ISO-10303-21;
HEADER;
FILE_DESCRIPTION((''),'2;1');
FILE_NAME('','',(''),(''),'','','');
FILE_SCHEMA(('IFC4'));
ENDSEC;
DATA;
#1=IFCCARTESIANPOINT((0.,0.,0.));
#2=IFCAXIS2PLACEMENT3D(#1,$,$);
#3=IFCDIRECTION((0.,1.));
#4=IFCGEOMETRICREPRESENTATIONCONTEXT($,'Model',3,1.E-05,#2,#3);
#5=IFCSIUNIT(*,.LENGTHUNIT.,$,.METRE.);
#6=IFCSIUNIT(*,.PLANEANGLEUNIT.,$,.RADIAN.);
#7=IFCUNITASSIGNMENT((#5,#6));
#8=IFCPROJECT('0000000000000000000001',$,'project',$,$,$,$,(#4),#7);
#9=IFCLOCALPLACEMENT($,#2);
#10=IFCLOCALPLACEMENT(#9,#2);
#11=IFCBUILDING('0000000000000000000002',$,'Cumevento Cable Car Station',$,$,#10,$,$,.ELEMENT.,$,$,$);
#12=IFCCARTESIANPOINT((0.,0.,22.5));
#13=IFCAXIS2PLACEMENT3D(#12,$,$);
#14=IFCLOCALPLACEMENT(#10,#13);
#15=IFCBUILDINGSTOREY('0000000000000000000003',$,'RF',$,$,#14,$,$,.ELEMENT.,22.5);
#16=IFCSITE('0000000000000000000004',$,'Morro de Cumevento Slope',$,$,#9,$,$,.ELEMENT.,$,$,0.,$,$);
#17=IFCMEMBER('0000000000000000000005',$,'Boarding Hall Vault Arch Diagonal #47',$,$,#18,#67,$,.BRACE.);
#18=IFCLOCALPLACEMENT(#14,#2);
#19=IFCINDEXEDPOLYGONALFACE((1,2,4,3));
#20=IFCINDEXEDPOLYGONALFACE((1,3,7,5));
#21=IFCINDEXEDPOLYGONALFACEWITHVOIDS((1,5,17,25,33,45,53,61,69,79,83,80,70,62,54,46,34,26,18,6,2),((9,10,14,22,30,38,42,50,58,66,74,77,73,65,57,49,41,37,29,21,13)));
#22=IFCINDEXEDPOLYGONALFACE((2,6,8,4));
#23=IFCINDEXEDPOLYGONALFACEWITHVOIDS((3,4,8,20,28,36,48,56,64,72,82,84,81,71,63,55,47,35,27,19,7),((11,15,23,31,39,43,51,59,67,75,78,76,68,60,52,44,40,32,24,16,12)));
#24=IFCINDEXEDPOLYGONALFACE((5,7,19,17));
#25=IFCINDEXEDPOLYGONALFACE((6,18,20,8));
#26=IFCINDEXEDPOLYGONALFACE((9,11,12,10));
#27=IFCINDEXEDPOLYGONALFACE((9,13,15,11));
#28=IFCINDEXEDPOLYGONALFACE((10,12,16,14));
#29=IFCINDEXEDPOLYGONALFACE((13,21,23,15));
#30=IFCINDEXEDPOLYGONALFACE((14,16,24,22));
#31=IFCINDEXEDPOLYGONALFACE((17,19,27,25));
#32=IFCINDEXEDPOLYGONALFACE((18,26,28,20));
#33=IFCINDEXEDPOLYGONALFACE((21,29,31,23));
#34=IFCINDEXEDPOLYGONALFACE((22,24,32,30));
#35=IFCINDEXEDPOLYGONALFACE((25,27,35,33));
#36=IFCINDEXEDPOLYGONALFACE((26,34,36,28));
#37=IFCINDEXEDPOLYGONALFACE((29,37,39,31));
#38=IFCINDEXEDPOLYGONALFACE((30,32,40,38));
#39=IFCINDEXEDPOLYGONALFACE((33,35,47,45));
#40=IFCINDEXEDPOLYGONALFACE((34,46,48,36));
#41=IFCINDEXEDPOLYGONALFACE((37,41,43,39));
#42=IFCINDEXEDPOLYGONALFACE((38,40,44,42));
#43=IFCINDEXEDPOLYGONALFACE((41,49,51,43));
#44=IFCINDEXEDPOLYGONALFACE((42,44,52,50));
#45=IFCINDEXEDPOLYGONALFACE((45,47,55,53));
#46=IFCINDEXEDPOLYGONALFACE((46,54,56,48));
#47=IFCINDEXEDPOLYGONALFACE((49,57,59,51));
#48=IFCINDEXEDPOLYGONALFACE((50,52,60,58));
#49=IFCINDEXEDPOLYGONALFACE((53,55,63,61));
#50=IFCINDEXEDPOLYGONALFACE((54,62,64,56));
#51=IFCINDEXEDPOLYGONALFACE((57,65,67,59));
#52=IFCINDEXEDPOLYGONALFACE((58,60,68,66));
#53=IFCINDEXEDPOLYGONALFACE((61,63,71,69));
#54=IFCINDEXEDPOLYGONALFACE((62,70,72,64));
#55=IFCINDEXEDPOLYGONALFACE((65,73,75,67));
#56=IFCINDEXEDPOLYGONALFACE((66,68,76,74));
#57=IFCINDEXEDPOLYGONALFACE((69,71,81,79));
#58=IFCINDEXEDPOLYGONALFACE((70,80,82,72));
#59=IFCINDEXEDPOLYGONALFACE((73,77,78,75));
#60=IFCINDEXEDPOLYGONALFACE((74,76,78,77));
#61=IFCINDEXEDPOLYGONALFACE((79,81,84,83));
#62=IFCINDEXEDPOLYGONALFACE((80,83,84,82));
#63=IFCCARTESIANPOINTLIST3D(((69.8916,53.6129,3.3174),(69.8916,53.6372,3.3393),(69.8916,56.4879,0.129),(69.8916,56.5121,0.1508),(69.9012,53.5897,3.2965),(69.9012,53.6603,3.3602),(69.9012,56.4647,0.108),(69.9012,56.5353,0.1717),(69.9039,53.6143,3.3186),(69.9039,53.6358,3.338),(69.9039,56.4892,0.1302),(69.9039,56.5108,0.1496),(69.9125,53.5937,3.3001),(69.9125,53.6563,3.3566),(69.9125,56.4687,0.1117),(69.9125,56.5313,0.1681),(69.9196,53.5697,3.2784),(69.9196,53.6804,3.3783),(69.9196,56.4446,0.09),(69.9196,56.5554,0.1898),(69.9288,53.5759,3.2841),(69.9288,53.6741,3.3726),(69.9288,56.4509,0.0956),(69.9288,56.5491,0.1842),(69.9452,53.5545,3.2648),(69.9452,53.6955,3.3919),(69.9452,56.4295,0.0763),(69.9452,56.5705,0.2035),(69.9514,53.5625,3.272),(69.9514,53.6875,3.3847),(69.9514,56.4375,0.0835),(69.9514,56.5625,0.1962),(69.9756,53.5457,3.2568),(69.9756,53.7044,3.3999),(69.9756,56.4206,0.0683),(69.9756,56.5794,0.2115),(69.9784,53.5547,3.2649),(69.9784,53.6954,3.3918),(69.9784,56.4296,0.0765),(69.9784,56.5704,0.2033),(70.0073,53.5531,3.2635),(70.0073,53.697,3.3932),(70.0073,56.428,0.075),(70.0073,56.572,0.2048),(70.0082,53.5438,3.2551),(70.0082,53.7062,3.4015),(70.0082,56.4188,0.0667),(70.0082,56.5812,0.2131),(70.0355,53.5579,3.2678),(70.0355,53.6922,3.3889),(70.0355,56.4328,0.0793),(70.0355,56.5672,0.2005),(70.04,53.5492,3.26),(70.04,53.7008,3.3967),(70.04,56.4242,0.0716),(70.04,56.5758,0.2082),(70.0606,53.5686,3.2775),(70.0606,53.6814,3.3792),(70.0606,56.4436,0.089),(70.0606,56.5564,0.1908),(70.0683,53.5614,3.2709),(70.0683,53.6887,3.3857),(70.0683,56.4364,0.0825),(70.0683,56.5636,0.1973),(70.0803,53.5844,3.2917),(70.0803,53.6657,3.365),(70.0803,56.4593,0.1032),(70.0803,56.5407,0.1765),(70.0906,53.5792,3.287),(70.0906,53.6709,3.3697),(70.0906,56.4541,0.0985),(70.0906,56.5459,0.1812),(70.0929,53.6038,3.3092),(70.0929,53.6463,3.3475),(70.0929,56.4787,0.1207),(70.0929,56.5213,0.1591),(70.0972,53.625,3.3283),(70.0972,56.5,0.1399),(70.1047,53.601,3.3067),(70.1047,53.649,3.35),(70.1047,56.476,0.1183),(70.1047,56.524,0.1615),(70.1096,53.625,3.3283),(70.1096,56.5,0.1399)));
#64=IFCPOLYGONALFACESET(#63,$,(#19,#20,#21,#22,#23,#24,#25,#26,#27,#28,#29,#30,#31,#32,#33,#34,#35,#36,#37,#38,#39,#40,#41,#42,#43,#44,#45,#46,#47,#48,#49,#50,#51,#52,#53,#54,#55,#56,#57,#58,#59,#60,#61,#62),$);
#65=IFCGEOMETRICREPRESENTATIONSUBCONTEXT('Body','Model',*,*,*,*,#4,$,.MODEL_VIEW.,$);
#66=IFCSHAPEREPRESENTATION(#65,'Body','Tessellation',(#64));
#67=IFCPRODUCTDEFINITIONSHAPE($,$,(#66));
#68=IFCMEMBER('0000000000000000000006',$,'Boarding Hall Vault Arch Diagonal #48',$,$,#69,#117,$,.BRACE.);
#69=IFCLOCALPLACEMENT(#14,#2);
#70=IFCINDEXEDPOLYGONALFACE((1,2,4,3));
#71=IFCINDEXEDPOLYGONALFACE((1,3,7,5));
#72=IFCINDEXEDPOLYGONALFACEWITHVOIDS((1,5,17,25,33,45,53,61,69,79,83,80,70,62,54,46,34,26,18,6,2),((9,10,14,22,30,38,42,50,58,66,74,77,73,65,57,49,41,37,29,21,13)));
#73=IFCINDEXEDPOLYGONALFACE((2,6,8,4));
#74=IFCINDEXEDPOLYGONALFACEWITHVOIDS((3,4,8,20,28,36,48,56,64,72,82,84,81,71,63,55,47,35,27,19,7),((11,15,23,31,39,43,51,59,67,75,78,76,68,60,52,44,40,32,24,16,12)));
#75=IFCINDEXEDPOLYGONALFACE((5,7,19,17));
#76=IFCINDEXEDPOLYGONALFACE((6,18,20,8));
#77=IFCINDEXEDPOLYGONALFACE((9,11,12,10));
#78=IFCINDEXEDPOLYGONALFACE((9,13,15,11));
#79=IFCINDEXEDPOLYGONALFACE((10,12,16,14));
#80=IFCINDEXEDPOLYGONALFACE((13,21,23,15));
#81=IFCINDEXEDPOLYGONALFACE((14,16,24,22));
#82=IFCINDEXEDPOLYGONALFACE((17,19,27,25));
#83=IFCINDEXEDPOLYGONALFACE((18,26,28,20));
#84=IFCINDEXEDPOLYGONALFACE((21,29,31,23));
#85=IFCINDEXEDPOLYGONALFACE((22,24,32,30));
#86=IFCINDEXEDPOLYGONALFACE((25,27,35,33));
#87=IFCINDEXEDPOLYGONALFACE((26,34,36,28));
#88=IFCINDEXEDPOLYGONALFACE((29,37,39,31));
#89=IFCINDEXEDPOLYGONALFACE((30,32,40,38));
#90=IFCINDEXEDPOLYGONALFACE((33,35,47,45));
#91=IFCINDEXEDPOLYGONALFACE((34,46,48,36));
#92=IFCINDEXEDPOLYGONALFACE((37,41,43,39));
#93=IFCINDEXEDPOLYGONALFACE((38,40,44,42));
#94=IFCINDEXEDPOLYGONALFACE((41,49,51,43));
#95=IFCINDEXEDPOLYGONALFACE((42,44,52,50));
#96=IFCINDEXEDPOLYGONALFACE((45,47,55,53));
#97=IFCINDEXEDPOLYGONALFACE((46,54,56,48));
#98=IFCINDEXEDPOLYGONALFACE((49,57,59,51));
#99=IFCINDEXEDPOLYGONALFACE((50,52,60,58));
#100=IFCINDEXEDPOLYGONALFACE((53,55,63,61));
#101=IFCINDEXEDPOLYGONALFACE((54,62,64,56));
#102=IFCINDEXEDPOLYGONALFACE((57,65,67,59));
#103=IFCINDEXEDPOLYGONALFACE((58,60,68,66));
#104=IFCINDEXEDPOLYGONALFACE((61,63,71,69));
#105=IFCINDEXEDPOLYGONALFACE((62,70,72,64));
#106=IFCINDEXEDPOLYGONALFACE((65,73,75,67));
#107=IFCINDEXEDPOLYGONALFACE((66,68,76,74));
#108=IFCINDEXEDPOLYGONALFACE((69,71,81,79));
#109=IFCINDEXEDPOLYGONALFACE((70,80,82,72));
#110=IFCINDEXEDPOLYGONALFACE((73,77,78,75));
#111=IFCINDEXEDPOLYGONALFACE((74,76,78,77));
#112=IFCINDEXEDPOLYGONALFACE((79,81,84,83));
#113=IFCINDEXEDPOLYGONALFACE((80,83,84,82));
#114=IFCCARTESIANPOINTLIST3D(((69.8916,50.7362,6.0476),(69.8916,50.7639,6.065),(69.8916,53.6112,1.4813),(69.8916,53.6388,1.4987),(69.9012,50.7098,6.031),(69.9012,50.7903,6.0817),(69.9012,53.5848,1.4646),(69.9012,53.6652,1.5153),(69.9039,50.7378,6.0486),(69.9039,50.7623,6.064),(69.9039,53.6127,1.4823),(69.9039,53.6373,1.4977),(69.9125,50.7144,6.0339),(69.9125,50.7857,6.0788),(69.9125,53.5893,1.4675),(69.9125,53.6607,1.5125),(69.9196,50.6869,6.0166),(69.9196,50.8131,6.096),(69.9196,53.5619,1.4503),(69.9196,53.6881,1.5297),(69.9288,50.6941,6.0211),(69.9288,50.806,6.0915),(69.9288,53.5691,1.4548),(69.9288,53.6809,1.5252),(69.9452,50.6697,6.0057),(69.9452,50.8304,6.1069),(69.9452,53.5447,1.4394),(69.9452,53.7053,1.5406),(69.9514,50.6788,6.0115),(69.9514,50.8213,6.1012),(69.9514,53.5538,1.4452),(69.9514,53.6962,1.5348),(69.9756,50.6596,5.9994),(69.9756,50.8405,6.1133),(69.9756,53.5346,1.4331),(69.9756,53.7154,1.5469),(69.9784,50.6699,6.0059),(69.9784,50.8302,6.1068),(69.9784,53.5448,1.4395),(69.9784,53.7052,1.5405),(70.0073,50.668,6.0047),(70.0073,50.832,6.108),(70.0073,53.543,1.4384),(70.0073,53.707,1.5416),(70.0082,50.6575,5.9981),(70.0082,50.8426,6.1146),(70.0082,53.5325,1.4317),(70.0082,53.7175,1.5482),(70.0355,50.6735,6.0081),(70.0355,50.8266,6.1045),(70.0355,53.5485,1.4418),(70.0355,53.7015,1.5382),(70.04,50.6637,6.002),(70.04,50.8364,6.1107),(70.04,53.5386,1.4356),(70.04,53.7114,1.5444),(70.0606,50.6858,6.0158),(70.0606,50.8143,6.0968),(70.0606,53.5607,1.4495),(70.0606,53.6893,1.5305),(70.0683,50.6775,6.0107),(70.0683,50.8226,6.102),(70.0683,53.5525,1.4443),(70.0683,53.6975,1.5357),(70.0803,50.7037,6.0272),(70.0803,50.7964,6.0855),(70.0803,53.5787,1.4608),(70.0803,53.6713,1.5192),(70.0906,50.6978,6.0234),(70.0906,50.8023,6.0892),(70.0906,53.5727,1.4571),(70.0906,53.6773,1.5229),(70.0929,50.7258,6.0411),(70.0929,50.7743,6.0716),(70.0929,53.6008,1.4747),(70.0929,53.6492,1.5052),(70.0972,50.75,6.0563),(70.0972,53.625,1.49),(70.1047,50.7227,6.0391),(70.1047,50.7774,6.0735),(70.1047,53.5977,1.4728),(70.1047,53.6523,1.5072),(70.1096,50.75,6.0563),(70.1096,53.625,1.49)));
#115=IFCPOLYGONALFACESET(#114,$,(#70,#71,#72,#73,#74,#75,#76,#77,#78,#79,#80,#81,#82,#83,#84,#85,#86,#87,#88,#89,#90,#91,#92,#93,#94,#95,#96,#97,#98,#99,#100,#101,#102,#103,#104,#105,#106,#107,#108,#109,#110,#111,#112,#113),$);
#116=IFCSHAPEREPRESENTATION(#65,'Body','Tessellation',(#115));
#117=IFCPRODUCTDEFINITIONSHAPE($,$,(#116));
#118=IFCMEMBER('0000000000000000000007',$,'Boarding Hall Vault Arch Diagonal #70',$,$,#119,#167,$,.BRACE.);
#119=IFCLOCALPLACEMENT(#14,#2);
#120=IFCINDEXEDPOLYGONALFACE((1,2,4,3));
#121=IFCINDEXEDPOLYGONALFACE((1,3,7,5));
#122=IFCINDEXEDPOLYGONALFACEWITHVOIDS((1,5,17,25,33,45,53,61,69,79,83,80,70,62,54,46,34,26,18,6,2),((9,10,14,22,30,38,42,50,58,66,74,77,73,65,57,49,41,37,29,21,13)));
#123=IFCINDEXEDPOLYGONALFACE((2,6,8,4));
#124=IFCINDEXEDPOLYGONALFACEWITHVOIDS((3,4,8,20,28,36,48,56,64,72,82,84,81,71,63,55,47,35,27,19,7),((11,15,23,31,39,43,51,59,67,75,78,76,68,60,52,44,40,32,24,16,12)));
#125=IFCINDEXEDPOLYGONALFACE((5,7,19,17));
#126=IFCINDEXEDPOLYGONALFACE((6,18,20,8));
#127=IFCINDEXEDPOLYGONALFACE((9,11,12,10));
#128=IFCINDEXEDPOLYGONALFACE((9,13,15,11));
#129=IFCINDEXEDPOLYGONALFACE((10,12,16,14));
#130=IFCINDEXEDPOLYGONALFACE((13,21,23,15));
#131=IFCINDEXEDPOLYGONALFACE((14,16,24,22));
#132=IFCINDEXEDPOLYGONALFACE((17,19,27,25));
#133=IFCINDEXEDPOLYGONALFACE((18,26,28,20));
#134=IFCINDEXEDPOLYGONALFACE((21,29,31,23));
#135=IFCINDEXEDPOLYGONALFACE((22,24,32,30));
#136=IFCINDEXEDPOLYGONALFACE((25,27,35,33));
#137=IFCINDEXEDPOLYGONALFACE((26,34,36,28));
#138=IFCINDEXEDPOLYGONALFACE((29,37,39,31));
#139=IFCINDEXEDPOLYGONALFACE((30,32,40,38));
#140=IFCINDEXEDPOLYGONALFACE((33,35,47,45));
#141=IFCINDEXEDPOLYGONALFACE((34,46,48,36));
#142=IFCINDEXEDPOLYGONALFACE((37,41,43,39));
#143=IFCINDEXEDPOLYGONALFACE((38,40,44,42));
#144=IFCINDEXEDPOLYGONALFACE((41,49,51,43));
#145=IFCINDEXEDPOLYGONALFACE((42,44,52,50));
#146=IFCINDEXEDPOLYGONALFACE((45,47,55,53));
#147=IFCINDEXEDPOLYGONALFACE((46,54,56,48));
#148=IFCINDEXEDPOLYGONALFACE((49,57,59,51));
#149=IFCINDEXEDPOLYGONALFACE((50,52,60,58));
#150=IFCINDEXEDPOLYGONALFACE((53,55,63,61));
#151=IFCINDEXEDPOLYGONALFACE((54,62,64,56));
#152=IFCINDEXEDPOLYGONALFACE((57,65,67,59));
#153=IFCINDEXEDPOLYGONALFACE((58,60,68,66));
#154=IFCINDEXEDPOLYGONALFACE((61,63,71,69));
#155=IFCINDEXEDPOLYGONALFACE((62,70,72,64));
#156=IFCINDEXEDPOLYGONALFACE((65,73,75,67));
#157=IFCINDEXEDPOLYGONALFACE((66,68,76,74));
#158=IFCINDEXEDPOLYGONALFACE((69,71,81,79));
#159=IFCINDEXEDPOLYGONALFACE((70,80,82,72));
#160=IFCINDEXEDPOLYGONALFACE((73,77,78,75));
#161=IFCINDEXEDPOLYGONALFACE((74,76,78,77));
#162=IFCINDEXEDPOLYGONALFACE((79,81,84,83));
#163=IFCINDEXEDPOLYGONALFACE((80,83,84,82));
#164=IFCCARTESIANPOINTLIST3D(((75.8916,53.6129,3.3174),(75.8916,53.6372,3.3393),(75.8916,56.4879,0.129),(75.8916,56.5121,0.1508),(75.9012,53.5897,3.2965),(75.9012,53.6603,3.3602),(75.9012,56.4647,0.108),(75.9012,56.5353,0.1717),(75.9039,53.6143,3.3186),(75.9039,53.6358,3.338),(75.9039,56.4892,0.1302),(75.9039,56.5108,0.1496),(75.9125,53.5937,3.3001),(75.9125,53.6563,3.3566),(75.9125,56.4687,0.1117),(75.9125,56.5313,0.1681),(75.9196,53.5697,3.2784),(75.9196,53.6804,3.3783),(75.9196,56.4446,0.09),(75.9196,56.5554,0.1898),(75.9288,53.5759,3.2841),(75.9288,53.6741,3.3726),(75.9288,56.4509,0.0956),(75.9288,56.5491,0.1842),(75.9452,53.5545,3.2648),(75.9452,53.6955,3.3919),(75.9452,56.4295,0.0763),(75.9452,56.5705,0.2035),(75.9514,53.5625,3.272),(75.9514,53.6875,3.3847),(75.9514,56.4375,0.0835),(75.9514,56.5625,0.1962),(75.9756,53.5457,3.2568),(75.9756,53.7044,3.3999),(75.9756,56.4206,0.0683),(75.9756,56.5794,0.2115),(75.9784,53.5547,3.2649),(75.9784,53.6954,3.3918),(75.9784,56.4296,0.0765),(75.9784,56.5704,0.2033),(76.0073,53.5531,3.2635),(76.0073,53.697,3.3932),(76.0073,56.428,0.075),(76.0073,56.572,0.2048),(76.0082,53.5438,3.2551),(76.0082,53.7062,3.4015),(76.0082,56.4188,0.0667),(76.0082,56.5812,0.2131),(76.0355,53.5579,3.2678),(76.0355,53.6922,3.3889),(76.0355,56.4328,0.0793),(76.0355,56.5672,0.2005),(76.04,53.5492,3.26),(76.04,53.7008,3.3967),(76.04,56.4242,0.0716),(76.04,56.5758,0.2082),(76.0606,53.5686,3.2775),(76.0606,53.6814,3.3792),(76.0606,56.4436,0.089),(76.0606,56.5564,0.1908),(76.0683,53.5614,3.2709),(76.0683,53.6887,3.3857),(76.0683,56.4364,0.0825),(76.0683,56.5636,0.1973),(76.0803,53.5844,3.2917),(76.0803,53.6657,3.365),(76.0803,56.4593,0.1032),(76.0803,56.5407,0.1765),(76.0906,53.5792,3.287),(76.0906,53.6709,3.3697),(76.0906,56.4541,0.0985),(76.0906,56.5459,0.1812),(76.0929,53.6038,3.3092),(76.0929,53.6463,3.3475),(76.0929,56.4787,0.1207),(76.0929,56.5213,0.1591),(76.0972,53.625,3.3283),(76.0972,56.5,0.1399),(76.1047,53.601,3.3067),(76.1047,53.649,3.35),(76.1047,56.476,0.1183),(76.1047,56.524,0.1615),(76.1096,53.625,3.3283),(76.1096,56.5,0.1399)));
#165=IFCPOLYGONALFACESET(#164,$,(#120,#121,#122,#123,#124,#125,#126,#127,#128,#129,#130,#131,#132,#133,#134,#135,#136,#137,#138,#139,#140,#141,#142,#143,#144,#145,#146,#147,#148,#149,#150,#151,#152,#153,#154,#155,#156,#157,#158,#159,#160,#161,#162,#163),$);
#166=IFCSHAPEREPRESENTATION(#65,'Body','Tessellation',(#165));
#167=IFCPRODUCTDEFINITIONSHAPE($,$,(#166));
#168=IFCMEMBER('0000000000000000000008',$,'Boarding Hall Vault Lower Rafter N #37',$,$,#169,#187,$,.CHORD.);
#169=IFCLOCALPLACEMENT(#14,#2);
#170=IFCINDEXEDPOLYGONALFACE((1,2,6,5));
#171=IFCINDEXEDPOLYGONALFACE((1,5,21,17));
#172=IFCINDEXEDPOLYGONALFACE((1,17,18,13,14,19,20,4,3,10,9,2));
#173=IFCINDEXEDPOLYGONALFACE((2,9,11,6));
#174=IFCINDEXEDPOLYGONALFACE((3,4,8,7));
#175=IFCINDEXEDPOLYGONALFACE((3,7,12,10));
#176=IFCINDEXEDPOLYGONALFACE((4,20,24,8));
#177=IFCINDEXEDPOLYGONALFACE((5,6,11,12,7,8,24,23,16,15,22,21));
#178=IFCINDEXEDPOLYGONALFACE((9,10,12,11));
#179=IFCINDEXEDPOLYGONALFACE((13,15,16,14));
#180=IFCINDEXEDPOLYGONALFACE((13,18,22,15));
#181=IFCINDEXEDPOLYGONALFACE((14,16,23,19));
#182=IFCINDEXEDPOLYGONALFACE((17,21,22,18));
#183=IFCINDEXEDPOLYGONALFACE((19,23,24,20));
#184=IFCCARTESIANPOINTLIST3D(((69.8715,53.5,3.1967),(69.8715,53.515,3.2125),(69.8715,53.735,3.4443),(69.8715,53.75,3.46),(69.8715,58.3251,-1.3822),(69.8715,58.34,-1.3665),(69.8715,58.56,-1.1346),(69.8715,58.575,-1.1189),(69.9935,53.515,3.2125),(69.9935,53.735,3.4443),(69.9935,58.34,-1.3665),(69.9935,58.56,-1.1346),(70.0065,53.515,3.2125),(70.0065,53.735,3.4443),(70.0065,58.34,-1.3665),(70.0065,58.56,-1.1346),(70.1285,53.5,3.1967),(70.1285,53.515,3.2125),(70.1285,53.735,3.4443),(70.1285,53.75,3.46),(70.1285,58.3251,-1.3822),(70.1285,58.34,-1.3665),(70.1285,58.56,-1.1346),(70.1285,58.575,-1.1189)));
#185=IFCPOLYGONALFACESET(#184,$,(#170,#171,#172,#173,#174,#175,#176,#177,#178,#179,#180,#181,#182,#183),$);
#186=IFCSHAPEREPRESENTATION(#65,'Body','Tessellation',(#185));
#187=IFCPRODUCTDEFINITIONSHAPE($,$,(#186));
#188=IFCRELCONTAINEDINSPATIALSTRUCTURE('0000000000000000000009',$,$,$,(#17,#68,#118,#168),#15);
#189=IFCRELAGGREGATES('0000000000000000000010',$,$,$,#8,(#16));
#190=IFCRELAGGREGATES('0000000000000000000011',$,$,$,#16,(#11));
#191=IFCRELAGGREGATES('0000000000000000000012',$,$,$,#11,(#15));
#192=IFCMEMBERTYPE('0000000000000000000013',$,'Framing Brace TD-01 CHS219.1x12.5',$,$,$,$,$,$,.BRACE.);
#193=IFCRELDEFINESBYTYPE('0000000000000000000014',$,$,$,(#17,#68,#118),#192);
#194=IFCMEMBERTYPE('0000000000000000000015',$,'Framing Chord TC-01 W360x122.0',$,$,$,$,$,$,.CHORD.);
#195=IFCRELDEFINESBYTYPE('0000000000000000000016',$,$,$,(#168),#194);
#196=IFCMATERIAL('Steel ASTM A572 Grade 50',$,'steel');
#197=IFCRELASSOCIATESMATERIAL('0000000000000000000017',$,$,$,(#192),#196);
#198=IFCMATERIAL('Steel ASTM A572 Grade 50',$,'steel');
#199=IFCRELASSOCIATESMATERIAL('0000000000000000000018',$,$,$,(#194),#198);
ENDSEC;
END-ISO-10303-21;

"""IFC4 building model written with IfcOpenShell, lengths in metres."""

from ifc_helpers import new_model, si_unit, direction, frame, origin, origin_2d, place, context, subcontext, project, spatial, hollow_circle, i_section, extrude, material, material_profile, profile_set, type_object, element, save


model = new_model("IFC4")

# Units and contexts
model_context = context("Model", 3, precision=1e-05, world=origin(), true_north=direction((0.0, 1.0)))
body_context = subcontext(model_context, "Body", "Model", "MODEL_VIEW")
ifc_project = project(units=[si_unit("LENGTHUNIT", "METRE"), si_unit("PLANEANGLEUNIT", "RADIAN")], contexts=[model_context])

# Site, building, storey
site_placement = place(None, origin())
site = spatial("IfcSite", under=ifc_project, at=site_placement, Name="Morro de Cumevento Slope", CompositionType="ELEMENT", RefElevation=0.0)
building_placement = place(site_placement, origin())
building = spatial("IfcBuilding", under=site, at=building_placement, Name="Cumevento Cable Car Station", CompositionType="ELEMENT")
storey_placement = place(building_placement, frame((0.0, 0.0, 22.5)))
storey = spatial("IfcBuildingStorey", under=building, at=storey_placement, Name="RF", CompositionType="ELEMENT", Elevation=22.5)

# Members
ifc_material_1 = material(Name="Steel ASTM A572 Grade 50", Category="steel")
ifc_material_profile_1 = material_profile(ifc_material_1, hollow_circle(Radius=0.1096, WallThickness=0.0125, at=origin_2d()), Name="CHS219.1x12.5")
ifc_profile_set_1 = profile_set([ifc_material_profile_1], Name="Steel ASTM A572 Grade 50")
member_type_1 = type_object("IfcMemberType", Name="Framing Brace TD-01 CHS219.1x12.5", PredefinedType="BRACE", material=ifc_profile_set_1)
member_1_placement = place(storey_placement, frame((70.0, 56.5, 0.1399), z_axis=(0.0, -0.669656, 0.742672), x_axis=(1.0, 0.0, 0.0)))
element("IfcMember", 1, at=member_1_placement, inside=storey, type_object=member_type_1, Name="Boarding Hall Vault Arch Diagonal #47", PredefinedType="BRACE", context=body_context, shape_type="SweptSolid", body=[
    extrude(hollow_circle(Radius=0.1096, WallThickness=0.0125, at=origin_2d()), origin(), (0.0, 0.0, 1.0), 4.2932),
])
member_2_placement = place(storey_placement, frame((70.0, 53.625, 1.49), z_axis=(0.0, -0.532794, 0.846245), x_axis=(1.0, 0.0, 0.0)))
element("IfcMember", 2, at=member_2_placement, inside=storey, type_object=member_type_1, Name="Boarding Hall Vault Arch Diagonal #48", PredefinedType="BRACE", context=body_context, shape_type="SweptSolid", body=[
    extrude(hollow_circle(Radius=0.1096, WallThickness=0.0125, at=origin_2d()), origin(), (0.0, 0.0, 1.0), 5.396),
])
member_3_placement = place(storey_placement, frame((76.0, 56.5, 0.1399), z_axis=(0.0, -0.669656, 0.742672), x_axis=(1.0, 0.0, 0.0)))
element("IfcMember", 3, at=member_3_placement, inside=storey, type_object=member_type_1, Name="Boarding Hall Vault Arch Diagonal #70", PredefinedType="BRACE", context=body_context, shape_type="SweptSolid", body=[
    extrude(hollow_circle(Radius=0.1096, WallThickness=0.0125, at=origin_2d()), origin(), (0.0, 0.0, 1.0), 4.2932),
])
ifc_material_2 = material(Name="Steel ASTM A572 Grade 50", Category="steel")
ifc_material_profile_2 = material_profile(ifc_material_2, i_section(OverallWidth=0.2571, OverallDepth=0.363, WebThickness=0.0129, FlangeThickness=0.0217, at=origin_2d()), Name="W360x122.0")
ifc_profile_set_2 = profile_set([ifc_material_profile_2], Name="Steel ASTM A572 Grade 50")
member_type_2 = type_object("IfcMemberType", Name="Framing Chord TC-01 W360x122.0", PredefinedType="CHORD", material=ifc_profile_set_2)
for number, where, z_axis, x_axis, name in (
    (4, (70.0, 53.625, 3.3284), (0.0, 0.725363, -0.688366), (-1.0, 0.0, 0.0), "Boarding Hall Vault Lower Rafter N #37"),
):
    element("IfcMember", number, at=place(storey_placement, frame(where, z_axis=z_axis, x_axis=x_axis)), inside=storey, type_object=member_type_2, Name=name, PredefinedType="CHORD", context=body_context, shape_type="SweptSolid", body=[
        extrude(i_section(OverallWidth=0.2571, OverallDepth=0.363, WebThickness=0.0129, FlangeThickness=0.0217, at=origin_2d()), origin(), (0.0, 0.0, 1.0), 6.6519),
    ])

save(model, "model.ifc")
